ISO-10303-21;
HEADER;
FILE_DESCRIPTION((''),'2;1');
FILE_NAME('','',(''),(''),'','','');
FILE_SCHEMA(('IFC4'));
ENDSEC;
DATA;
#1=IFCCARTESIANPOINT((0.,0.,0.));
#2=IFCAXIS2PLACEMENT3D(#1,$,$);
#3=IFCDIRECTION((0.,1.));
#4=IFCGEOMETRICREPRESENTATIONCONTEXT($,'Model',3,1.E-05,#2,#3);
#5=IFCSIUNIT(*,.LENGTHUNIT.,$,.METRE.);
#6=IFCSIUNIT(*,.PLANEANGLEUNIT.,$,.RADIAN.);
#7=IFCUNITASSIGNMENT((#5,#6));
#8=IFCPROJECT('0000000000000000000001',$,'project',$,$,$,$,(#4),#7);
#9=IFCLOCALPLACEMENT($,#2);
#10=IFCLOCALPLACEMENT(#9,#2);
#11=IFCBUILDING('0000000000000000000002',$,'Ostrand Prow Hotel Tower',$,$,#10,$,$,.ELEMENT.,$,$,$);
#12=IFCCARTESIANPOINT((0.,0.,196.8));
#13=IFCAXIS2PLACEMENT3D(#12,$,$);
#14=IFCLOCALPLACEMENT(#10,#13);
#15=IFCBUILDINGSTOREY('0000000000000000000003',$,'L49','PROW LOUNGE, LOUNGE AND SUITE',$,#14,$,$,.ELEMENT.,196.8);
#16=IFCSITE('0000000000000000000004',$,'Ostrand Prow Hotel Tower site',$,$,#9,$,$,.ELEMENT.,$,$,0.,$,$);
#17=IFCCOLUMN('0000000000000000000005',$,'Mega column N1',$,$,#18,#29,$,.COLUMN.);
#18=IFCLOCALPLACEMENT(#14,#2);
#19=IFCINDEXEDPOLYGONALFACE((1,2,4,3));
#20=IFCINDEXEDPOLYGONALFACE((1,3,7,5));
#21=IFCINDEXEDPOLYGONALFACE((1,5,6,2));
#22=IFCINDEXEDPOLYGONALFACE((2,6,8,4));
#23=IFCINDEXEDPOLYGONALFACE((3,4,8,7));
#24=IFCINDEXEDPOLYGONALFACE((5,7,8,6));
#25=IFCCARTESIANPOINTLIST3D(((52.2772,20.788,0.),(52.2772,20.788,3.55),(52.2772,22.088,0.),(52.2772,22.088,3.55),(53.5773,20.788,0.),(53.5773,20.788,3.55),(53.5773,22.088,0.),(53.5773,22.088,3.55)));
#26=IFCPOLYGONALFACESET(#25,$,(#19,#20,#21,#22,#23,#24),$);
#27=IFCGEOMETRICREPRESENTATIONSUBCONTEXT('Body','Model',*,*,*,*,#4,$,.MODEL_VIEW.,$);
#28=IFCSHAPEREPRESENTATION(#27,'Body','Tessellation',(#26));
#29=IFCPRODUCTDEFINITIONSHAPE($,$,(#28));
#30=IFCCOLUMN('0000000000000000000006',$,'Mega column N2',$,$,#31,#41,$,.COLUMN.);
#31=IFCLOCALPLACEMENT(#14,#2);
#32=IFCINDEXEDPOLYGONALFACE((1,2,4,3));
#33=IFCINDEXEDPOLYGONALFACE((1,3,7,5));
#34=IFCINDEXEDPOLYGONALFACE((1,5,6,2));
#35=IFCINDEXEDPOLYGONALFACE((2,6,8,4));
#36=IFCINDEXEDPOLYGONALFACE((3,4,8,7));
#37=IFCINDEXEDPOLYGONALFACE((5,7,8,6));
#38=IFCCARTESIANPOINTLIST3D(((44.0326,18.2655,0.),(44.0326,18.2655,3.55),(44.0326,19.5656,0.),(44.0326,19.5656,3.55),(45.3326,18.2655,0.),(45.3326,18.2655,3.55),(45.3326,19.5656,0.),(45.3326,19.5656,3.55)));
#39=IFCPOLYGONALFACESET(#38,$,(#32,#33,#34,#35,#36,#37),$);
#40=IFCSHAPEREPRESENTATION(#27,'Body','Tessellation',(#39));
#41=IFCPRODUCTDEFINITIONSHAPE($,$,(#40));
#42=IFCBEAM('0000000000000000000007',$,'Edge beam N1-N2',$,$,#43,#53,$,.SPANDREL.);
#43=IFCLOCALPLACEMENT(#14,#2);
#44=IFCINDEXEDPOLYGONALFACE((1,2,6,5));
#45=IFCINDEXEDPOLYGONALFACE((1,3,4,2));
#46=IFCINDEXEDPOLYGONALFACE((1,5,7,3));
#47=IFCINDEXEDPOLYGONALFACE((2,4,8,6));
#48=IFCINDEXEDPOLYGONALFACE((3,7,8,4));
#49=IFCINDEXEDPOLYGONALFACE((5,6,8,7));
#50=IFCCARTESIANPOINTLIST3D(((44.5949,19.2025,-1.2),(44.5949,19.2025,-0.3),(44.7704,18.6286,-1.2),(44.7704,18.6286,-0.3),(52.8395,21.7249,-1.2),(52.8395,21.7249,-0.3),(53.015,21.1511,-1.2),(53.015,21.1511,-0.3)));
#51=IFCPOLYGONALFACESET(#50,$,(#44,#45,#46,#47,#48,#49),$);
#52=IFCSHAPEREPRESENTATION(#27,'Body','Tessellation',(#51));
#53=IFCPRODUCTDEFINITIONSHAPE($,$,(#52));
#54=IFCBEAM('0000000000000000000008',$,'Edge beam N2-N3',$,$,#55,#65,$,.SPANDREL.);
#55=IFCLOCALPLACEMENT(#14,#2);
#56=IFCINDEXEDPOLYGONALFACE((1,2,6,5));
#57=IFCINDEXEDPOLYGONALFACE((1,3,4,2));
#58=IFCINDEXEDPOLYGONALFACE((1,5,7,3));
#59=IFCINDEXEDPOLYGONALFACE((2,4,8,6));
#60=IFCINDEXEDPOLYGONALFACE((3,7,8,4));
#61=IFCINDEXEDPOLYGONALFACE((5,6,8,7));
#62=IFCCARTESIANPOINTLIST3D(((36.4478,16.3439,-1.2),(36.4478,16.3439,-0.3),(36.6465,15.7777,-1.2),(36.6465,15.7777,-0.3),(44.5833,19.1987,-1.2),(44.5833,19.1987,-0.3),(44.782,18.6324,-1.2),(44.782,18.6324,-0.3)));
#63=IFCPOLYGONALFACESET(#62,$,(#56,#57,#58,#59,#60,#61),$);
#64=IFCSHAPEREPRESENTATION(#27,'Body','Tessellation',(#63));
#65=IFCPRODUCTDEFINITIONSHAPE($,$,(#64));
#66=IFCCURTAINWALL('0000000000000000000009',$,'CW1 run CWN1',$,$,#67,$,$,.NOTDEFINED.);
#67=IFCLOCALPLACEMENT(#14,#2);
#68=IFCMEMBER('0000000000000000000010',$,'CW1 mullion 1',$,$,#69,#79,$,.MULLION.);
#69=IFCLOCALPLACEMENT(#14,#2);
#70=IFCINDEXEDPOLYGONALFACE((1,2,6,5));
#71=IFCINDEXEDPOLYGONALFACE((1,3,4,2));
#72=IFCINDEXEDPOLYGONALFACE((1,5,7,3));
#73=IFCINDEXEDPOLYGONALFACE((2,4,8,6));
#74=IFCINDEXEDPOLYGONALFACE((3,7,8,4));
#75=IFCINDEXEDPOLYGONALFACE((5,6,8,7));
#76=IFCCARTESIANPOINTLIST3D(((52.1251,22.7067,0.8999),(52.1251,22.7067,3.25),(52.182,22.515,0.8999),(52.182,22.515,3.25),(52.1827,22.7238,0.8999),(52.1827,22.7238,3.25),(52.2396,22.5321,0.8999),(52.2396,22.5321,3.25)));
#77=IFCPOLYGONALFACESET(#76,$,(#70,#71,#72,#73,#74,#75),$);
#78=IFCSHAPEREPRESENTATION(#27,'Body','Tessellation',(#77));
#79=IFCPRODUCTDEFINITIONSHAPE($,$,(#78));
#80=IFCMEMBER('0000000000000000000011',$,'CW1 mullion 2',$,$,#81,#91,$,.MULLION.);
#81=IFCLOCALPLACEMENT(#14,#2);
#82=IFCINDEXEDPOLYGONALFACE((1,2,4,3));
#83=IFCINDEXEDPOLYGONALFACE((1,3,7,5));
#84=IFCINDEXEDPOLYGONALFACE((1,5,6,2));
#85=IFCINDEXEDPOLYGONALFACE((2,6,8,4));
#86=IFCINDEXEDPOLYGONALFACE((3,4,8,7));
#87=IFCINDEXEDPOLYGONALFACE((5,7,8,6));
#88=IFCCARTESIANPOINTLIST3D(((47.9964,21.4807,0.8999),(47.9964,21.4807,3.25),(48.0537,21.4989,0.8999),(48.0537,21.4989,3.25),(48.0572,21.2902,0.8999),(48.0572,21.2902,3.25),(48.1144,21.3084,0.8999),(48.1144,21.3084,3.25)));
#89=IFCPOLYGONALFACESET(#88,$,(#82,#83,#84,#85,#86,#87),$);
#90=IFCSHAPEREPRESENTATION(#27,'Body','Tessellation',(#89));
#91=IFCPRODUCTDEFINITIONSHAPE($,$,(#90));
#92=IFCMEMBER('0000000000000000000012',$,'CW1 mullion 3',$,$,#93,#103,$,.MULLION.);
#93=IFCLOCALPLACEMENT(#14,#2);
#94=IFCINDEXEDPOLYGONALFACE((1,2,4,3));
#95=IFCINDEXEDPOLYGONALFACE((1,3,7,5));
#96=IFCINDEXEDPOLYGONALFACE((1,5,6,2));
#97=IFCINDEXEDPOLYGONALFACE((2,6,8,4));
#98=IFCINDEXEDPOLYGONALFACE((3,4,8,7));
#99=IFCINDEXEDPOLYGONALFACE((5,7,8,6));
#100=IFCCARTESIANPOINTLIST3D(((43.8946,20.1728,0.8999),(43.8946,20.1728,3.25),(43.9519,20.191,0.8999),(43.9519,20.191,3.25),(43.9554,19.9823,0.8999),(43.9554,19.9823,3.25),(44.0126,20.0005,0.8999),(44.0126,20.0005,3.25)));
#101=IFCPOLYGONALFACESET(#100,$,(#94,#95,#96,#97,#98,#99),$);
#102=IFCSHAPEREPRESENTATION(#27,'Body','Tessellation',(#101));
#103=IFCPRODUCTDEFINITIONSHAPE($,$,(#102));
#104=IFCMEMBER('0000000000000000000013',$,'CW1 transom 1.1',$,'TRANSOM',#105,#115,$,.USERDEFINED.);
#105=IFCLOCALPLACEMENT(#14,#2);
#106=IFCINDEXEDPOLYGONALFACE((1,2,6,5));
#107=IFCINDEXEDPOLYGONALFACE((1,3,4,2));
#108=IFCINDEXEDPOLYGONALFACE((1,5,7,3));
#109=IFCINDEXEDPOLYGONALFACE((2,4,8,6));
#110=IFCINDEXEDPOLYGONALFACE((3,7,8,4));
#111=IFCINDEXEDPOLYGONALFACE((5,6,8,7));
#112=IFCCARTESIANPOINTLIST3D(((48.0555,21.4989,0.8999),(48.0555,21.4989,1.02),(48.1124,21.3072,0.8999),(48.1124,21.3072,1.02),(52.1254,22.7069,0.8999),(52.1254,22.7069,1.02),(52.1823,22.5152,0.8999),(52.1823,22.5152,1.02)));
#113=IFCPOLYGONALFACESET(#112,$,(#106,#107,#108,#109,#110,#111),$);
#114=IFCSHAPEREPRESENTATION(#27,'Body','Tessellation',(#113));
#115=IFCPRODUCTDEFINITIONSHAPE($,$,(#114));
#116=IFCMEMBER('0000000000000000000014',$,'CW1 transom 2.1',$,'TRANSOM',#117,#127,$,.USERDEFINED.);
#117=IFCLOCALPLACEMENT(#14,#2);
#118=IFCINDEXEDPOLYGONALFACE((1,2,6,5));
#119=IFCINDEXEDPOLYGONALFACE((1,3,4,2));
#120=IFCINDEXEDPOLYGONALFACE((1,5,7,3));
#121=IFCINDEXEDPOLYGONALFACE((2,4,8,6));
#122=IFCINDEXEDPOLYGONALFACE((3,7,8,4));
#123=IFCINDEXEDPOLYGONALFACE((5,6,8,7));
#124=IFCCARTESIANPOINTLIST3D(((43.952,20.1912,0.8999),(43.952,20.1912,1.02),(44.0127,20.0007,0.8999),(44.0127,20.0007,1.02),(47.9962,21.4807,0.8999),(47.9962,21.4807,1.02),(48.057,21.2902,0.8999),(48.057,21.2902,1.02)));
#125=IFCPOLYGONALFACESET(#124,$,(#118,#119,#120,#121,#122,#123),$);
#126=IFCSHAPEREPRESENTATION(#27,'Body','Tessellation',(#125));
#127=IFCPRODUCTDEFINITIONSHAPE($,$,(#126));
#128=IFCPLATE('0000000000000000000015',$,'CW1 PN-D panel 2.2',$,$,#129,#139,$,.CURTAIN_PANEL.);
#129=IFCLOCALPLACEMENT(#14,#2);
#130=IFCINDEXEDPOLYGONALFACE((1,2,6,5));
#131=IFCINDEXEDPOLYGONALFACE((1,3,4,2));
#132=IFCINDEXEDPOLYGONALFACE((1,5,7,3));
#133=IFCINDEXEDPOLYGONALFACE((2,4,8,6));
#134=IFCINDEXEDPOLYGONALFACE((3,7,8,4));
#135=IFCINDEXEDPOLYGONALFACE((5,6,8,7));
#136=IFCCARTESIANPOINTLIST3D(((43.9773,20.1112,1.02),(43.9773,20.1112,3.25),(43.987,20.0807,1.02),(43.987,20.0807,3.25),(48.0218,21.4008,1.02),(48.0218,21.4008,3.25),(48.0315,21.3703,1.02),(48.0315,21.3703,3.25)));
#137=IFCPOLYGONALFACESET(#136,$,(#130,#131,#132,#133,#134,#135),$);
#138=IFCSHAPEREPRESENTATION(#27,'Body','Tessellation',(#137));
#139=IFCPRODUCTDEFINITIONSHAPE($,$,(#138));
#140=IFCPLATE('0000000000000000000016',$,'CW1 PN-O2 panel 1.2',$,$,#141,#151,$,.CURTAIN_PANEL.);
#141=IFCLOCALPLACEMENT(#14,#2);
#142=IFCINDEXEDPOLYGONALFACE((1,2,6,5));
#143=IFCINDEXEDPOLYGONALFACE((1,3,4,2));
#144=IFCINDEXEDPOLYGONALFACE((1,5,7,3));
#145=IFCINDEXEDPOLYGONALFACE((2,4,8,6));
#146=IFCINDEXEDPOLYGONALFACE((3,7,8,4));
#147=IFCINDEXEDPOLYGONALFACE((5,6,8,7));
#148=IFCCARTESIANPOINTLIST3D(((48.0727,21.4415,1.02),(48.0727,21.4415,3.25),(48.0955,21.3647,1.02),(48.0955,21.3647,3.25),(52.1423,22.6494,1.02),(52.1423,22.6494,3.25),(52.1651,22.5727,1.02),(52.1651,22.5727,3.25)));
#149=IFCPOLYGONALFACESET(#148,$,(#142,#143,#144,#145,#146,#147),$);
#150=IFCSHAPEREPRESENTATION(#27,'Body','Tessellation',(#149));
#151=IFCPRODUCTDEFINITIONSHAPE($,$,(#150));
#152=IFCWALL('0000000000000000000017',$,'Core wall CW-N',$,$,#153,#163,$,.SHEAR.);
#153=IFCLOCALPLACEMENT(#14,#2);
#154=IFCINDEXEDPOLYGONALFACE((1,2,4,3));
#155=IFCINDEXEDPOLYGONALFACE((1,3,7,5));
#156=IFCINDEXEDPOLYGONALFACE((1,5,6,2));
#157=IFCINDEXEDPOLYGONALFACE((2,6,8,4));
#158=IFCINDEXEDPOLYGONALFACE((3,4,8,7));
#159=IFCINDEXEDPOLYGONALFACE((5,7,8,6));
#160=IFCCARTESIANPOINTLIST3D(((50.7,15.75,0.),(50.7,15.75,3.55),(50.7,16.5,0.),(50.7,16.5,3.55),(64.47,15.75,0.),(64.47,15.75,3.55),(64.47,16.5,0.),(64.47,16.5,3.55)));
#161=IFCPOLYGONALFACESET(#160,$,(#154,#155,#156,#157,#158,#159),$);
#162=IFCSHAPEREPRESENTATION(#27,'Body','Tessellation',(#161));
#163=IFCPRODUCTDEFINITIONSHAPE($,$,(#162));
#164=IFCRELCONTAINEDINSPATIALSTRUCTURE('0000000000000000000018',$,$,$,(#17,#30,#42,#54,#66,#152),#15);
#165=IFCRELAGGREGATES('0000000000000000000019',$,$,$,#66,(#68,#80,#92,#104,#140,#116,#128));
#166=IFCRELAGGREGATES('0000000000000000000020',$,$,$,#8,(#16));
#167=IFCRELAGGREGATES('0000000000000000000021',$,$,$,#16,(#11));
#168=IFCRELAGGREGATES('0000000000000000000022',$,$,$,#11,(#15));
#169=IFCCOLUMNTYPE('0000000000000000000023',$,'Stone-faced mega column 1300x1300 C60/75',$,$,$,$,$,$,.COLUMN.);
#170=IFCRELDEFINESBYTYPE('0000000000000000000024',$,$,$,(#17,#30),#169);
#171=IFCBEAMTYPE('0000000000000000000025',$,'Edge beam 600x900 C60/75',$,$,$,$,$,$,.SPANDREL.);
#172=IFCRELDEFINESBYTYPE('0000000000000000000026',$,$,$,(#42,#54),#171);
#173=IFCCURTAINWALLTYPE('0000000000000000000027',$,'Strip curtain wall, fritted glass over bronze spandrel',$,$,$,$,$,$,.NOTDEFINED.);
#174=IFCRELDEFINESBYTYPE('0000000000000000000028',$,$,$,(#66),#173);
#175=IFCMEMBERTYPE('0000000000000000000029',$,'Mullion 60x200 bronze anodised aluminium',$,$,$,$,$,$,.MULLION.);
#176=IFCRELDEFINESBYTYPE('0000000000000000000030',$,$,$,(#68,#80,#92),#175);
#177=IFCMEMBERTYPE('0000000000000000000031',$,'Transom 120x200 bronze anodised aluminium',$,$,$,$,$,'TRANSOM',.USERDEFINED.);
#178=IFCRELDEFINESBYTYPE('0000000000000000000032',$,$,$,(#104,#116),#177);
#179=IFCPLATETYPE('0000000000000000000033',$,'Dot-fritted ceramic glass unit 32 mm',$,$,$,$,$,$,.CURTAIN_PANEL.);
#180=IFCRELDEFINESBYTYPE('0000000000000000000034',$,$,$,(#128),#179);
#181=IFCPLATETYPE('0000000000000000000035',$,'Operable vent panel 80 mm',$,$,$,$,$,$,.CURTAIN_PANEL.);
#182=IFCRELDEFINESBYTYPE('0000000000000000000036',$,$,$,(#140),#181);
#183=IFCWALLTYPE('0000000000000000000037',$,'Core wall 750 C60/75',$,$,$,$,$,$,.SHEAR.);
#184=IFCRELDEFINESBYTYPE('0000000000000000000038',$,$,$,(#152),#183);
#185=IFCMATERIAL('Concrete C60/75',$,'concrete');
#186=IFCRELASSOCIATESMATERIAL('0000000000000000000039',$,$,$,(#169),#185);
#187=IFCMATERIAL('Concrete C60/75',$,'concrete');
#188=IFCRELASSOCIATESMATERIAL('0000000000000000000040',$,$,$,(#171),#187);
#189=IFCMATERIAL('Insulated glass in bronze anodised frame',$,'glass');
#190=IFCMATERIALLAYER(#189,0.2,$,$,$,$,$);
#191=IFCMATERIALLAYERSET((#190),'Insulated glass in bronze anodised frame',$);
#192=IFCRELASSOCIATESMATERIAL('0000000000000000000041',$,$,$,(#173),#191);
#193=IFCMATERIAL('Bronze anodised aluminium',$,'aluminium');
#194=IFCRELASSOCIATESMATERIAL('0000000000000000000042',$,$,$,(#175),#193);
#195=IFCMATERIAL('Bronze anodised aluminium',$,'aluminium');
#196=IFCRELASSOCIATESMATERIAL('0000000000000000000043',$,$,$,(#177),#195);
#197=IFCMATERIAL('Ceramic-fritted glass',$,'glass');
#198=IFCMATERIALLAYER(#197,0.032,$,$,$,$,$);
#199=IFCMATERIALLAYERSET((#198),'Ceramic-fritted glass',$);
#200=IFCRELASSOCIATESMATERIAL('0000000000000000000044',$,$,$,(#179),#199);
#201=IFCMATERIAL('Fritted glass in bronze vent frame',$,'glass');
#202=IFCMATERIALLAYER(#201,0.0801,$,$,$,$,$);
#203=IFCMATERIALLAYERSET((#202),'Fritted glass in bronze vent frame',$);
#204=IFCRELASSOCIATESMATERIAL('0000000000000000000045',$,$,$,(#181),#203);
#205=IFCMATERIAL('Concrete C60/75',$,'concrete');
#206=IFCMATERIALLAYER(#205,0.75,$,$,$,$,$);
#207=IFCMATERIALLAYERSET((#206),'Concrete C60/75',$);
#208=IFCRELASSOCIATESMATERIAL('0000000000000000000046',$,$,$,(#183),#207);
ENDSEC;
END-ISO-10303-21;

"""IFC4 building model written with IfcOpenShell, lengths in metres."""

from ifc_helpers import new_model, si_unit, direction, frame, frame_2d, origin, origin_2d, place, context, subcontext, project, spatial, rectangle, extrude, material, layer, layer_set, material_profile, profile_set, type_object, element, aggregate, save


model = new_model("IFC4")

# Units and contexts
model_context = context("Model", 3, precision=1e-05, world=origin(), true_north=direction((0.0, 1.0)))
body_context = subcontext(model_context, "Body", "Model", "MODEL_VIEW")
ifc_project = project(units=[si_unit("LENGTHUNIT", "METRE"), si_unit("PLANEANGLEUNIT", "RADIAN")], contexts=[model_context])

# Site, building, storey
site_placement = place(None, origin())
site = spatial("IfcSite", under=ifc_project, at=site_placement, Name="Ostrand Prow Hotel Tower site", CompositionType="ELEMENT", RefElevation=0.0)
building_placement = place(site_placement, origin())
building = spatial("IfcBuilding", under=site, at=building_placement, Name="Ostrand Prow Hotel Tower", CompositionType="ELEMENT")
storey_placement = place(building_placement, frame((0.0, 0.0, 196.8)))
storey = spatial("IfcBuildingStorey", under=building, at=storey_placement, Name="L49", Description="PROW LOUNGE, LOUNGE AND SUITE", CompositionType="ELEMENT", Elevation=196.8)

# Columns
ifc_material_1 = material(Name="Concrete C60/75", Category="concrete")
ifc_material_profile_1 = material_profile(ifc_material_1, rectangle(XDim=1.3, YDim=1.3, at=origin_2d()), Name="RC 1300x1300")
ifc_profile_set_1 = profile_set([ifc_material_profile_1], Name="Concrete C60/75")
column_type = type_object("IfcColumnType", Name="Stone-faced mega column 1300x1300 C60/75", PredefinedType="COLUMN", material=ifc_profile_set_1)
for number, where, z_axis, x_axis, name in (
    (1, (52.9272, 21.438, 0.0), (0.0, 0.0, 1.0), (1.0, 0.0, 0.0), "Mega column N1"),
    (2, (44.6826, 18.9155, 0.0), (0.0, 0.0, 1.0), (1.0, 0.0, 0.0), "Mega column N2"),
):
    element("IfcColumn", number, at=place(storey_placement, frame(where, z_axis=z_axis, x_axis=x_axis)), inside=storey, type_object=column_type, Name=name, PredefinedType="COLUMN", context=body_context, shape_type="SweptSolid", body=[
        extrude(rectangle(XDim=1.3, YDim=1.3, at=origin_2d()), origin(), (0.0, 0.0, 1.0), 3.55),
    ])

# Beams
ifc_material_2 = material(Name="Concrete C60/75", Category="concrete")
ifc_material_profile_2 = material_profile(ifc_material_2, rectangle(XDim=0.6001, YDim=0.8999, at=origin_2d()), Name="RC 600x900")
ifc_profile_set_2 = profile_set([ifc_material_profile_2], Name="Concrete C60/75")
beam_type = type_object("IfcBeamType", Name="Edge beam 600x900 C60/75", PredefinedType="SPANDREL", material=ifc_profile_set_2)
for number, where, z_axis, x_axis, name in (
    (3, (52.9272, 21.438, -0.75), (-0.956246, -0.292565, 0.0), (0.292565, -0.956246, 0.0), "Edge beam N1-N2"),
    (4, (44.6826, 18.9155, -0.75), (-0.943594, -0.331106, 0.0), (0.331106, -0.943594, 0.0), "Edge beam N2-N3"),
):
    element("IfcBeam", number, at=place(storey_placement, frame(where, z_axis=z_axis, x_axis=x_axis)), inside=storey, type_object=beam_type, Name=name, PredefinedType="SPANDREL", context=body_context, shape_type="SweptSolid", body=[
        extrude(rectangle(XDim=0.6001, YDim=0.8999, at=origin_2d()), origin(), (0.0, 0.0, 1.0), 8.6218),
    ])

# Curtain wall, members, plates
ifc_material_3 = material(Name="Insulated glass in bronze anodised frame", Category="glass")
ifc_layer_1 = layer(ifc_material_3, 0.2)
ifc_layer_set_1 = layer_set([ifc_layer_1], Name="Insulated glass in bronze anodised frame")
curtain_wall_type = type_object("IfcCurtainWallType", Name="Strip curtain wall, fritted glass over bronze spandrel", PredefinedType="NOTDEFINED", material=ifc_layer_set_1)
curtain_wall_placement = place(storey_placement, origin())
curtain_wall = element("IfcCurtainWall", 5, at=curtain_wall_placement, inside=storey, type_object=curtain_wall_type, Name="CW1 run CWN1", PredefinedType="NOTDEFINED")
ifc_material_4 = material(Name="Bronze anodised aluminium", Category="aluminium")
ifc_material_profile_3 = material_profile(ifc_material_4, rectangle(XDim=0.2, YDim=0.0601, at=origin_2d()), Name="Mullion 60x200 bronze anodised aluminium")
ifc_profile_set_3 = profile_set([ifc_material_profile_3], Name="Bronze anodised aluminium")
member_type_1 = type_object("IfcMemberType", Name="Mullion 60x200 bronze anodised aluminium", PredefinedType="MULLION", material=ifc_profile_set_3)
member_1_placement = place(storey_placement, frame((52.1824, 22.6194, 0.8999), z_axis=(0.0, 0.0, 1.0), x_axis=(0.284544, -0.958663, 0.0)))
member_1 = element("IfcMember", 6, at=member_1_placement, type_object=member_type_1, Name="CW1 mullion 1", PredefinedType="MULLION", context=body_context, shape_type="SweptSolid", body=[
    extrude(rectangle(XDim=0.2, YDim=0.0601, at=origin_2d()), origin(), (0.0, 0.0, 1.0), 2.3501),
])
member_2_placement = place(storey_placement, frame((48.0554, 21.3945, 0.8999), z_axis=(0.0, 0.0, 1.0), x_axis=(0.303787, -0.95274, 0.0)))
member_2 = element("IfcMember", 7, at=member_2_placement, type_object=member_type_1, Name="CW1 mullion 2", PredefinedType="MULLION", context=body_context, shape_type="SweptSolid", body=[
    extrude(rectangle(XDim=0.2, YDim=0.0601, at=origin_2d()), origin(), (0.0, 0.0, 1.0), 2.3501),
])
member_3_placement = place(storey_placement, frame((43.9536, 20.0867, 0.8999), z_axis=(0.0, 0.0, 1.0), x_axis=(0.303787, -0.95274, 0.0)))
member_3 = element("IfcMember", 8, at=member_3_placement, type_object=member_type_1, Name="CW1 mullion 3", PredefinedType="MULLION", context=body_context, shape_type="SweptSolid", body=[
    extrude(rectangle(XDim=0.2, YDim=0.0601, at=origin_2d()), origin(), (0.0, 0.0, 1.0), 2.3501),
])
ifc_material_5 = material(Name="Bronze anodised aluminium", Category="aluminium")
ifc_material_profile_4 = material_profile(ifc_material_5, rectangle(XDim=0.2, YDim=0.1201, at=origin_2d()), Name="Transom 120x200 bronze anodised aluminium")
ifc_profile_set_4 = profile_set([ifc_material_profile_4], Name="Bronze anodised aluminium")
member_type_2 = type_object("IfcMemberType", Name="Transom 120x200 bronze anodised aluminium", ElementType="TRANSOM", PredefinedType="USERDEFINED", material=ifc_profile_set_4)
member_4_placement = place(storey_placement, frame((52.1538, 22.6111, 0.96), z_axis=(-0.958661, -0.28455, 0.0), x_axis=(0.28455, -0.958661, 0.0)))
member_4 = element("IfcMember", 9, at=member_4_placement, type_object=member_type_2, Name="CW1 transom 1.1", ObjectType="TRANSOM", PredefinedType="USERDEFINED", context=body_context, shape_type="SweptSolid", body=[
    extrude(rectangle(XDim=0.2, YDim=0.1201, at=origin_2d()), origin(), (0.0, 0.0, 1.0), 4.2454),
])
member_5_placement = place(storey_placement, frame((48.0266, 21.3855, 0.96), z_axis=(-0.952738, -0.303795, 0.0), x_axis=(0.303795, -0.952738, 0.0)))
member_5 = element("IfcMember", 10, at=member_5_placement, type_object=member_type_2, Name="CW1 transom 2.1", ObjectType="TRANSOM", PredefinedType="USERDEFINED", context=body_context, shape_type="SweptSolid", body=[
    extrude(rectangle(XDim=0.2, YDim=0.1201, at=origin_2d()), origin(), (0.0, 0.0, 1.0), 4.2449),
])
ifc_material_6 = material(Name="Ceramic-fritted glass", Category="glass")
ifc_layer_2 = layer(ifc_material_6, 0.032)
ifc_layer_set_2 = layer_set([ifc_layer_2], Name="Ceramic-fritted glass")
plate_type_1 = type_object("IfcPlateType", Name="Dot-fritted ceramic glass unit 32 mm", PredefinedType="CURTAIN_PANEL", material=ifc_layer_set_2)
plate_1_placement = place(storey_placement, frame((46.0044, 20.7407, 1.02), z_axis=(0.0, 0.0, 1.0), x_axis=(-0.95274, -0.303787, 0.0)))
plate_1 = element("IfcPlate", 11, at=plate_1_placement, type_object=plate_type_1, Name="CW1 PN-D panel 2.2", PredefinedType="CURTAIN_PANEL", context=body_context, shape_type="SweptSolid", body=[
    extrude(rectangle(XDim=4.2451, YDim=0.032, at=origin_2d()), origin(), (0.0, 0.0, 1.0), 2.23),
])
ifc_material_7 = material(Name="Fritted glass in bronze vent frame", Category="glass")
ifc_layer_3 = layer(ifc_material_7, 0.0801)
ifc_layer_set_3 = layer_set([ifc_layer_3], Name="Fritted glass in bronze vent frame")
plate_type_2 = type_object("IfcPlateType", Name="Operable vent panel 80 mm", PredefinedType="CURTAIN_PANEL", material=ifc_layer_set_3)
plate_2_placement = place(storey_placement, frame((50.1189, 22.0071, 1.02), z_axis=(0.0, 0.0, 1.0), x_axis=(-0.958663, -0.284544, 0.0)))
plate_2 = element("IfcPlate", 12, at=plate_2_placement, type_object=plate_type_2, Name="CW1 PN-O2 panel 1.2", PredefinedType="CURTAIN_PANEL", context=body_context, shape_type="SweptSolid", body=[
    extrude(rectangle(XDim=4.2451, YDim=0.0801, at=origin_2d()), origin(), (0.0, 0.0, 1.0), 2.23),
])
aggregate(curtain_wall, [member_1, member_2, member_3, member_4, plate_2, member_5, plate_1])

# Wall
ifc_material_8 = material(Name="Concrete C60/75", Category="concrete")
ifc_layer_4 = layer(ifc_material_8, 0.75)
ifc_layer_set_4 = layer_set([ifc_layer_4], Name="Concrete C60/75")
wall_type_1 = type_object("IfcWallType", Name="Core wall 750 C60/75", PredefinedType="SHEAR", material=ifc_layer_set_4)
wall_1_placement = place(storey_placement, frame((50.7, 16.125, 0.0), z_axis=(0.0, 0.0, 1.0), x_axis=(1.0, 0.0, 0.0)))
element("IfcWall", 13, at=wall_1_placement, inside=storey, type_object=wall_type_1, Name="Core wall CW-N", PredefinedType="SHEAR", context=body_context, shape_type="SweptSolid", body=[
    extrude(rectangle(XDim=13.77, YDim=0.75, at=frame_2d((6.885, 0.0))), origin(), (0.0, 0.0, 1.0), 3.55),
])

save(model, "model.ifc")
